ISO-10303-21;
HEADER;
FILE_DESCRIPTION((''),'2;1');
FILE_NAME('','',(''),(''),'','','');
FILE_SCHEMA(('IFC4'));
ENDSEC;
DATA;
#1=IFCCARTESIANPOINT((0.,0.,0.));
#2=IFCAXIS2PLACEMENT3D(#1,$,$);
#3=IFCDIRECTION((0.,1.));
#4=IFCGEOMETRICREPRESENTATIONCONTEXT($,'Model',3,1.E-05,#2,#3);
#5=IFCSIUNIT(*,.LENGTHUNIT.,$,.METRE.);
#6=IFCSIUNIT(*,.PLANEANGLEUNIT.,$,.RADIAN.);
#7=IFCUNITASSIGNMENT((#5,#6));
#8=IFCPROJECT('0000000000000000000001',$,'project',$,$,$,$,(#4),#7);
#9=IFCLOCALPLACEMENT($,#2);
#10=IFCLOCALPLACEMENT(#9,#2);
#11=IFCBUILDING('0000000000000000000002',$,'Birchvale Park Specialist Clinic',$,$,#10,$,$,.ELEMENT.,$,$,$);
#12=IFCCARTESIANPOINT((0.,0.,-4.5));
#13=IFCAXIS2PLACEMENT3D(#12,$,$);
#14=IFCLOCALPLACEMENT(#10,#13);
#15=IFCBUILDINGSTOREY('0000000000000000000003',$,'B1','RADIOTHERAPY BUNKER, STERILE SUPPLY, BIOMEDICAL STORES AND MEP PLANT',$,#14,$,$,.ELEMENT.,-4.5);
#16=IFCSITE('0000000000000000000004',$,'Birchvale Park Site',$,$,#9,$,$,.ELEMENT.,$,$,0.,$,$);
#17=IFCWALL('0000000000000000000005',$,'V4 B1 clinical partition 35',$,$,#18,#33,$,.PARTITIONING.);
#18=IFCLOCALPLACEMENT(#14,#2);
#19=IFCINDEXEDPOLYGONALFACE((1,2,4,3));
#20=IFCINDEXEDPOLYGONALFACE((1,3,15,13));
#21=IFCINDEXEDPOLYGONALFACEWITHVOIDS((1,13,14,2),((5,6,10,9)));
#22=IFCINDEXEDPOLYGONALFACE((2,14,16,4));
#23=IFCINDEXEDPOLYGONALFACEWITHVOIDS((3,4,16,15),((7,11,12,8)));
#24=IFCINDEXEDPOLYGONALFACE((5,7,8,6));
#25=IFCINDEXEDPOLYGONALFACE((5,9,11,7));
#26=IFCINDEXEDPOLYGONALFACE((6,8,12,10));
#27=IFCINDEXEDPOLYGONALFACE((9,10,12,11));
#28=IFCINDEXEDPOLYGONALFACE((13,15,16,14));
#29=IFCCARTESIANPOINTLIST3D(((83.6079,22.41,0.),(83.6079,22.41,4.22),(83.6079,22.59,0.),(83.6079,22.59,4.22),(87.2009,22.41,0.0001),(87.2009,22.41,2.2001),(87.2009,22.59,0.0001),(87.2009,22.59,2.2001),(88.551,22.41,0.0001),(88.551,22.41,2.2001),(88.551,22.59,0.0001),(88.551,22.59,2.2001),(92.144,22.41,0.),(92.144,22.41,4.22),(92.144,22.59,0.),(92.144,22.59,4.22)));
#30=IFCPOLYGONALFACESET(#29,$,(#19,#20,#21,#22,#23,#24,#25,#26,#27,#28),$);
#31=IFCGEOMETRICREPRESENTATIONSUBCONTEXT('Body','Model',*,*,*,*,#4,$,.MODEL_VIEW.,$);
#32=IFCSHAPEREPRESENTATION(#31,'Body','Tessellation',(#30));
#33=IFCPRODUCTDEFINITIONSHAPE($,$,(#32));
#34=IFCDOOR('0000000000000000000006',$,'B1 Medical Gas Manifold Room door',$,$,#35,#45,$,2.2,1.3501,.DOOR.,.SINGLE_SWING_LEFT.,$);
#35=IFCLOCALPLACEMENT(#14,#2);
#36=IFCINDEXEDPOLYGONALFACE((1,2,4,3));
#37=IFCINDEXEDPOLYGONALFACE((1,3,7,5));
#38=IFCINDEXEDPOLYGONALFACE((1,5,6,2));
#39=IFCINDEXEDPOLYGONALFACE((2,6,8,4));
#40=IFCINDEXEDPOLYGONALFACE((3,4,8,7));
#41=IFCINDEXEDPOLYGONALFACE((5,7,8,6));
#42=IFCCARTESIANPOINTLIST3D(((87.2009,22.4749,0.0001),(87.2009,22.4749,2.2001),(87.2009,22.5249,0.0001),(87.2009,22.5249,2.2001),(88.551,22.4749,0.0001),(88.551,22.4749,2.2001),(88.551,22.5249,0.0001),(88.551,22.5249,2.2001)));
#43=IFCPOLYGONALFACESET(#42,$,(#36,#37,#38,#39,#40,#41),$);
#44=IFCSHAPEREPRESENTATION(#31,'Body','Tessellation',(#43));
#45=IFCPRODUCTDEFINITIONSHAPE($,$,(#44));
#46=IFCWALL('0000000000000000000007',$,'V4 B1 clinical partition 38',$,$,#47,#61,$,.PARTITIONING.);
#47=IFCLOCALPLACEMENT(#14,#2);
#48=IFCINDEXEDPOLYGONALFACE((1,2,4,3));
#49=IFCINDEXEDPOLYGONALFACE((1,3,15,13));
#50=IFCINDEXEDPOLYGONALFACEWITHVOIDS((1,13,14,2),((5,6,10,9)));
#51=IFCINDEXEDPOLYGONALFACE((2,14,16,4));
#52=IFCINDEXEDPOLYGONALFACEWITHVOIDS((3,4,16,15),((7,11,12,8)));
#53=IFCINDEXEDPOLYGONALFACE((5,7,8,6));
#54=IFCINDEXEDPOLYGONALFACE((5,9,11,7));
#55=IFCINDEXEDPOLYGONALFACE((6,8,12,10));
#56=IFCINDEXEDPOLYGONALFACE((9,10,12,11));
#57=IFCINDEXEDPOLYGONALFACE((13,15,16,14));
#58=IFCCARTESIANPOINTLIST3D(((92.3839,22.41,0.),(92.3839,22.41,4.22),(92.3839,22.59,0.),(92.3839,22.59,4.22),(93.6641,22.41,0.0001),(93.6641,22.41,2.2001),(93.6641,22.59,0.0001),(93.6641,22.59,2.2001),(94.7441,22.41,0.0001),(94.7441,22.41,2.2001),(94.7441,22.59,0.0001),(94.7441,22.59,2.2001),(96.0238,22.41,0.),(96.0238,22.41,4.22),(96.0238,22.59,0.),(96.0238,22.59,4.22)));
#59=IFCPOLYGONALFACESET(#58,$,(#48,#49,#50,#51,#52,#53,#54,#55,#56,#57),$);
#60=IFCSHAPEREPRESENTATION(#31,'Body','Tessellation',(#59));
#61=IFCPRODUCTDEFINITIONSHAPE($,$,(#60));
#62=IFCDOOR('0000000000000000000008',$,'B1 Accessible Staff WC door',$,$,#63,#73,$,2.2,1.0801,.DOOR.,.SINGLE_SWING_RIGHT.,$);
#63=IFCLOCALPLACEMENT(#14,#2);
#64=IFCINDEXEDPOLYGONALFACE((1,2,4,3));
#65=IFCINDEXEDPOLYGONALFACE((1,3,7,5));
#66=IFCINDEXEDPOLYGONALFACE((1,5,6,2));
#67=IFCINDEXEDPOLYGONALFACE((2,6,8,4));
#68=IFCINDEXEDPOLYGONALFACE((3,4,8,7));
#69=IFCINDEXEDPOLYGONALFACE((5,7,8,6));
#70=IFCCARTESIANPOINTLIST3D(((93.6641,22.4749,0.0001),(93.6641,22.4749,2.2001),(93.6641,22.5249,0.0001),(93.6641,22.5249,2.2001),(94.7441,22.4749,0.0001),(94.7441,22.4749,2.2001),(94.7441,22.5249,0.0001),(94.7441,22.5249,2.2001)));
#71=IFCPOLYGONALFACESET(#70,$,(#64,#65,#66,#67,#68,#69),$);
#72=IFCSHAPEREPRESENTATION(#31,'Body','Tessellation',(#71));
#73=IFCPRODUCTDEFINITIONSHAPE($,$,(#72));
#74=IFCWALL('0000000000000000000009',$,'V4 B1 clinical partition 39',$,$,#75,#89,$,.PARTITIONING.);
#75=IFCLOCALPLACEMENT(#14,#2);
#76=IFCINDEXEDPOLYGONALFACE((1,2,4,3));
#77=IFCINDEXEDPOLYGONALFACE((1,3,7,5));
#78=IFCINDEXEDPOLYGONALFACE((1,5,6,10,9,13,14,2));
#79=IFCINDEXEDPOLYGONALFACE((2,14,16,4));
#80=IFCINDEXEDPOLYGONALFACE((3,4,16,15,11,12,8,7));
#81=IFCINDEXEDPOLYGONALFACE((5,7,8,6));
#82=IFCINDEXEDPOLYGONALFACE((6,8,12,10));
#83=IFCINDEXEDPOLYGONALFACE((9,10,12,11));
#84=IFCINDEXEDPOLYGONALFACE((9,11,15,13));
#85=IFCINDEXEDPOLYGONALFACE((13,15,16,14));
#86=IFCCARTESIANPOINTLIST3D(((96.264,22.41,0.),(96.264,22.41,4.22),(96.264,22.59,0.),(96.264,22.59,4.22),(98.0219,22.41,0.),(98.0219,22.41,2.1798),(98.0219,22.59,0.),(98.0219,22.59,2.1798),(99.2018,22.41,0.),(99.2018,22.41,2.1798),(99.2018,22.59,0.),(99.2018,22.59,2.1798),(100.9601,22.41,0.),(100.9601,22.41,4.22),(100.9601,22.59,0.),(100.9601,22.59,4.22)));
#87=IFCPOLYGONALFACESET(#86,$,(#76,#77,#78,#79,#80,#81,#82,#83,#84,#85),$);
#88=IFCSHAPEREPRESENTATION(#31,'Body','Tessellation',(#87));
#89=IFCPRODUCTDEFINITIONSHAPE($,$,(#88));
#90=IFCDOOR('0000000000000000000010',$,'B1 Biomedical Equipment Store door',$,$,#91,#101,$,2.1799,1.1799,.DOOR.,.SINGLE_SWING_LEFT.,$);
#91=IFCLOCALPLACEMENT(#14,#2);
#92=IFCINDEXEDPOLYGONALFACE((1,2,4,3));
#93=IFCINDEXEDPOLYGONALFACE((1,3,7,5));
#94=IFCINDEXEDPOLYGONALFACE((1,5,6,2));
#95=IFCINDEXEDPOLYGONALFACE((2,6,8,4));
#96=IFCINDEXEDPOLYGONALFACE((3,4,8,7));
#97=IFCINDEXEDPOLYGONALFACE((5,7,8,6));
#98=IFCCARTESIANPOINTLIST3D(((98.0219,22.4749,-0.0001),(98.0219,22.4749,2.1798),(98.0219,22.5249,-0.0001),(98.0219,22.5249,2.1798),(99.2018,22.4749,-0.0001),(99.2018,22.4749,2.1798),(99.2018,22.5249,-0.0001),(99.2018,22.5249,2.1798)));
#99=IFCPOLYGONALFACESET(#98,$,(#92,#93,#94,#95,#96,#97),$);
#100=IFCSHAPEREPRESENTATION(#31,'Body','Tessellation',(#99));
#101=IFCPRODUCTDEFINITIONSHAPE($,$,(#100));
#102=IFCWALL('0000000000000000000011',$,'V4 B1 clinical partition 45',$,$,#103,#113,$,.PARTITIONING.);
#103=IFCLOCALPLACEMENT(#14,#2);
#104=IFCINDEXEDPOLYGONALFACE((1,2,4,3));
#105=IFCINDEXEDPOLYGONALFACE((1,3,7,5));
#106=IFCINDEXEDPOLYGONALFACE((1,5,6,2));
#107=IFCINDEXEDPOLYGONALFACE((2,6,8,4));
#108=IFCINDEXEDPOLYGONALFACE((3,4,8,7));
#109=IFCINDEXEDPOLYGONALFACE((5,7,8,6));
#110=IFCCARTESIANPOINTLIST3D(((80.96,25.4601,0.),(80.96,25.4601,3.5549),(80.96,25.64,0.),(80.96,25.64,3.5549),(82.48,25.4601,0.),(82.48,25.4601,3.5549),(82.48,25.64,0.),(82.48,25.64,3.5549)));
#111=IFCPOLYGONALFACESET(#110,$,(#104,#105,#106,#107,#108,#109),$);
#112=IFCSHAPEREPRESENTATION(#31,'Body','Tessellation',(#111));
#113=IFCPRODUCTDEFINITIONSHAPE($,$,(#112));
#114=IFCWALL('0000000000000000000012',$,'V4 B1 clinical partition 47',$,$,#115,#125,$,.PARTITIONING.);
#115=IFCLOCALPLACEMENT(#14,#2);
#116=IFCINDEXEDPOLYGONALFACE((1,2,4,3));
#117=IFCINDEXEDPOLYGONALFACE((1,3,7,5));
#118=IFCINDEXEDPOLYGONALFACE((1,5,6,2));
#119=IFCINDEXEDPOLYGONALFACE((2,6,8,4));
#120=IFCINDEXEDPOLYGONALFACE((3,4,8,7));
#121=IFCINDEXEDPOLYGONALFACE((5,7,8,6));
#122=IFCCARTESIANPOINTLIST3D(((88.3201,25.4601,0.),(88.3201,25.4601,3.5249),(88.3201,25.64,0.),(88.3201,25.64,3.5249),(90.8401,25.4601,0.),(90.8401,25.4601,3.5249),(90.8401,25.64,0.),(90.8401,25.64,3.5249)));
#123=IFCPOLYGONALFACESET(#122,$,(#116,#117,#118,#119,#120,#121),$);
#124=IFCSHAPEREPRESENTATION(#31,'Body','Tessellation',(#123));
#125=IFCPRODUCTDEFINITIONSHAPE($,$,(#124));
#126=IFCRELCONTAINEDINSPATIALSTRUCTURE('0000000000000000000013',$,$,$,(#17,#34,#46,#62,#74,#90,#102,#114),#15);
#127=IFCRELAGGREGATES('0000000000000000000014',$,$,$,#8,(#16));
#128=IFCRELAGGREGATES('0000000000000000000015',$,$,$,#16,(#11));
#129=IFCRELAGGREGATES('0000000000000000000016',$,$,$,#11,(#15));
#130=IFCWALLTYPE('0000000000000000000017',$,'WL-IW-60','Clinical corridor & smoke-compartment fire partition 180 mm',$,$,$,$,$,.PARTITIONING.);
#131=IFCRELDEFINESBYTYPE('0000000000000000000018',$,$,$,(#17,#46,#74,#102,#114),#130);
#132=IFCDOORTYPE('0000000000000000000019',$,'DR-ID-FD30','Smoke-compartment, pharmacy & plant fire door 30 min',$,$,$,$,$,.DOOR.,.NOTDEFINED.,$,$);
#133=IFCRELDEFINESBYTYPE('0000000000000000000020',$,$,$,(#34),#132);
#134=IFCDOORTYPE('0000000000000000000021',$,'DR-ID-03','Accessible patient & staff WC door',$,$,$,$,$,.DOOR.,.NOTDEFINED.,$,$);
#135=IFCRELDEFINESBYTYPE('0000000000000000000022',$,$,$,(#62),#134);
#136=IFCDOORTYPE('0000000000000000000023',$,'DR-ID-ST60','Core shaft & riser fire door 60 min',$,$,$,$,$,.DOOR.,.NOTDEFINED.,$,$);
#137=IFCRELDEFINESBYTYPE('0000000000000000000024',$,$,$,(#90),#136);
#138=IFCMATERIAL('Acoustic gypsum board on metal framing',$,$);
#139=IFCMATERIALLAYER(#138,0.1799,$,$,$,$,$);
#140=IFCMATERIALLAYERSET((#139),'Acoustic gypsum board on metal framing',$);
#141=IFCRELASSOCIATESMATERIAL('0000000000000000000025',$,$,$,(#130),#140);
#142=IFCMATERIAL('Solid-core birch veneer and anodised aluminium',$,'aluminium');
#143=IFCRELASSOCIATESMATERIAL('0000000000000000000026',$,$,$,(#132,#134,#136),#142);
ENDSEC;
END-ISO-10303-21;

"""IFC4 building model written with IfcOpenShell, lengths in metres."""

from ifc_helpers import new_model, si_unit, direction, frame, frame_2d, origin, place, context, subcontext, project, spatial, rectangle, extrude, material, layer, layer_set, type_object, element, fill, save


model = new_model("IFC4")

# Units and contexts
model_context = context("Model", 3, precision=1e-05, world=origin(), true_north=direction((0.0, 1.0)))
body_context = subcontext(model_context, "Body", "Model", "MODEL_VIEW")
ifc_project = project(units=[si_unit("LENGTHUNIT", "METRE"), si_unit("PLANEANGLEUNIT", "RADIAN")], contexts=[model_context])

# Site, building, storey
site_placement = place(None, origin())
site = spatial("IfcSite", under=ifc_project, at=site_placement, Name="Birchvale Park Site", CompositionType="ELEMENT", RefElevation=0.0)
building_placement = place(site_placement, origin())
building = spatial("IfcBuilding", under=site, at=building_placement, Name="Birchvale Park Specialist Clinic", CompositionType="ELEMENT")
storey_placement = place(building_placement, frame((0.0, 0.0, -4.5)))
storey = spatial("IfcBuildingStorey", under=building, at=storey_placement, Name="B1", Description="RADIOTHERAPY BUNKER, STERILE SUPPLY, BIOMEDICAL STORES AND MEP PLANT", CompositionType="ELEMENT", Elevation=-4.5)

# Shared definitions
ifc_material_1 = material(Name="Acoustic gypsum board on metal framing")

# Shared definitions
ifc_material_2 = material(Name="Solid-core birch veneer and anodised aluminium", Category="aluminium")

# Walls, openings, doors
ifc_layer_1 = layer(ifc_material_1, 0.1799)
ifc_layer_set_1 = layer_set([ifc_layer_1], Name="Acoustic gypsum board on metal framing")
wall_type_1 = type_object("IfcWallType", Name="WL-IW-60", Description="Clinical corridor & smoke-compartment fire partition 180 mm", PredefinedType="PARTITIONING", material=ifc_layer_set_1)
wall_1_placement = place(storey_placement, frame((83.6079, 22.5, 0.0), z_axis=(0.0, 0.0, 1.0), x_axis=(1.0, 0.0, 0.0)))
wall_1 = element("IfcWall", 1, at=wall_1_placement, inside=storey, type_object=wall_type_1, Name="V4 B1 clinical partition 35", PredefinedType="PARTITIONING", context=body_context, shape_type="SweptSolid", body=[
    extrude(rectangle(XDim=8.5361, YDim=0.1799, at=frame_2d((4.2681, 0.0))), origin(), (0.0, 0.0, 1.0), 4.22),
])
opening_1_placement = place(wall_1_placement, frame((3.593, 0.0, 0.0)))
opening_1 = element("IfcOpeningElement", 2, at=opening_1_placement, cuts=wall_1, PredefinedType="OPENING", context=body_context, shape_type="SweptSolid", body=[
    extrude(rectangle(XDim=1.3501, YDim=2.2, at=frame_2d((0.675, 1.1001))), frame((0.0, 0.1001, 0.0), z_axis=(0.0, -1.0, 0.0), x_axis=(1.0, 0.0, 0.0)), (0.0, 0.0, 1.0), 0.2),
])
door_type_1 = type_object("IfcDoorType", Name="DR-ID-FD30", Description="Smoke-compartment, pharmacy & plant fire door 30 min", OperationType="NOTDEFINED", PredefinedType="DOOR", material=ifc_material_2)
door_1_placement = place(opening_1_placement, origin())
door_1 = element("IfcDoor", 3, at=door_1_placement, inside=storey, type_object=door_type_1, Name="B1 Medical Gas Manifold Room door", OperationType="SINGLE_SWING_LEFT", OverallHeight=2.2, OverallWidth=1.3501, PredefinedType="DOOR", context=body_context, shape_type="SweptSolid", body=[
    extrude(rectangle(XDim=1.3501, YDim=2.2, at=frame_2d((0.675, 1.1001))), frame((0.0, 0.0249, 0.0), z_axis=(0.0, -1.0, 0.0), x_axis=(1.0, 0.0, 0.0)), (0.0, 0.0, 1.0), 0.05),
])
fill(opening_1, door_1)
wall_2_placement = place(storey_placement, frame((92.384, 22.5, 0.0), z_axis=(0.0, 0.0, 1.0), x_axis=(1.0, 0.0, 0.0)))
wall_2 = element("IfcWall", 4, at=wall_2_placement, inside=storey, type_object=wall_type_1, Name="V4 B1 clinical partition 38", PredefinedType="PARTITIONING", context=body_context, shape_type="SweptSolid", body=[
    extrude(rectangle(XDim=3.6399, YDim=0.1799, at=frame_2d((1.8198, 0.0))), origin(), (0.0, 0.0, 1.0), 4.22),
])
opening_2_placement = place(wall_2_placement, frame((1.28, 0.0, 0.0)))
opening_2 = element("IfcOpeningElement", 5, at=opening_2_placement, cuts=wall_2, PredefinedType="OPENING", context=body_context, shape_type="SweptSolid", body=[
    extrude(rectangle(XDim=1.0801, YDim=2.2, at=frame_2d((0.54, 1.1001))), frame((0.0, 0.1001, 0.0), z_axis=(0.0, -1.0, 0.0), x_axis=(1.0, 0.0, 0.0)), (0.0, 0.0, 1.0), 0.2),
])
door_type_2 = type_object("IfcDoorType", Name="DR-ID-03", Description="Accessible patient & staff WC door", OperationType="NOTDEFINED", PredefinedType="DOOR", material=ifc_material_2)
door_2_placement = place(opening_2_placement, origin())
door_2 = element("IfcDoor", 6, at=door_2_placement, inside=storey, type_object=door_type_2, Name="B1 Accessible Staff WC door", OperationType="SINGLE_SWING_RIGHT", OverallHeight=2.2, OverallWidth=1.0801, PredefinedType="DOOR", context=body_context, shape_type="SweptSolid", body=[
    extrude(rectangle(XDim=1.0801, YDim=2.2, at=frame_2d((0.54, 1.1001))), frame((0.0, 0.0249, 0.0), z_axis=(0.0, -1.0, 0.0), x_axis=(1.0, 0.0, 0.0)), (0.0, 0.0, 1.0), 0.05),
])
fill(opening_2, door_2)
wall_3_placement = place(storey_placement, frame((96.2639, 22.5, 0.0), z_axis=(0.0, 0.0, 1.0), x_axis=(1.0, 0.0, 0.0)))
wall_3 = element("IfcWall", 7, at=wall_3_placement, inside=storey, type_object=wall_type_1, Name="V4 B1 clinical partition 39", PredefinedType="PARTITIONING", context=body_context, shape_type="SweptSolid", body=[
    extrude(rectangle(XDim=4.696, YDim=0.1799, at=frame_2d((2.3481, 0.0))), origin(), (0.0, 0.0, 1.0), 4.22),
])
opening_3_placement = place(wall_3_placement, frame((1.7581, 0.0, 0.0)))
opening_3 = element("IfcOpeningElement", 8, at=opening_3_placement, cuts=wall_3, PredefinedType="OPENING", context=body_context, shape_type="SweptSolid", body=[
    extrude(rectangle(XDim=1.1799, YDim=2.1799, at=frame_2d((0.5898, 1.0898))), frame((0.0, 0.1001, 0.0), z_axis=(0.0, -1.0, 0.0), x_axis=(1.0, 0.0, 0.0)), (0.0, 0.0, 1.0), 0.2),
])
door_type_3 = type_object("IfcDoorType", Name="DR-ID-ST60", Description="Core shaft & riser fire door 60 min", OperationType="NOTDEFINED", PredefinedType="DOOR", material=ifc_material_2)
door_3_placement = place(opening_3_placement, origin())
door_3 = element("IfcDoor", 9, at=door_3_placement, inside=storey, type_object=door_type_3, Name="B1 Biomedical Equipment Store door", OperationType="SINGLE_SWING_LEFT", OverallHeight=2.1799, OverallWidth=1.1799, PredefinedType="DOOR", context=body_context, shape_type="SweptSolid", body=[
    extrude(rectangle(XDim=1.1799, YDim=2.1799, at=frame_2d((0.5898, 1.0898))), frame((0.0, 0.0249, 0.0), z_axis=(0.0, -1.0, 0.0), x_axis=(1.0, 0.0, 0.0)), (0.0, 0.0, 1.0), 0.05),
])
fill(opening_3, door_3)

# Walls
wall_4_placement = place(storey_placement, frame((82.48, 25.55, 0.0), z_axis=(0.0, 0.0, 1.0), x_axis=(-1.0, 0.0, 0.0)))
element("IfcWall", 10, at=wall_4_placement, inside=storey, type_object=wall_type_1, Name="V4 B1 clinical partition 45", PredefinedType="PARTITIONING", context=body_context, shape_type="SweptSolid", body=[
    extrude(rectangle(XDim=1.52, YDim=0.1799, at=frame_2d((0.76, 0.0))), origin(), (0.0, 0.0, 1.0), 3.5549),
])
wall_5_placement = place(storey_placement, frame((90.8401, 25.55, 0.0), z_axis=(0.0, 0.0, 1.0), x_axis=(-1.0, 0.0, 0.0)))
element("IfcWall", 11, at=wall_5_placement, inside=storey, type_object=wall_type_1, Name="V4 B1 clinical partition 47", PredefinedType="PARTITIONING", context=body_context, shape_type="SweptSolid", body=[
    extrude(rectangle(XDim=2.52, YDim=0.1799, at=frame_2d((1.26, 0.0))), origin(), (0.0, 0.0, 1.0), 3.5249),
])

save(model, "model.ifc")
